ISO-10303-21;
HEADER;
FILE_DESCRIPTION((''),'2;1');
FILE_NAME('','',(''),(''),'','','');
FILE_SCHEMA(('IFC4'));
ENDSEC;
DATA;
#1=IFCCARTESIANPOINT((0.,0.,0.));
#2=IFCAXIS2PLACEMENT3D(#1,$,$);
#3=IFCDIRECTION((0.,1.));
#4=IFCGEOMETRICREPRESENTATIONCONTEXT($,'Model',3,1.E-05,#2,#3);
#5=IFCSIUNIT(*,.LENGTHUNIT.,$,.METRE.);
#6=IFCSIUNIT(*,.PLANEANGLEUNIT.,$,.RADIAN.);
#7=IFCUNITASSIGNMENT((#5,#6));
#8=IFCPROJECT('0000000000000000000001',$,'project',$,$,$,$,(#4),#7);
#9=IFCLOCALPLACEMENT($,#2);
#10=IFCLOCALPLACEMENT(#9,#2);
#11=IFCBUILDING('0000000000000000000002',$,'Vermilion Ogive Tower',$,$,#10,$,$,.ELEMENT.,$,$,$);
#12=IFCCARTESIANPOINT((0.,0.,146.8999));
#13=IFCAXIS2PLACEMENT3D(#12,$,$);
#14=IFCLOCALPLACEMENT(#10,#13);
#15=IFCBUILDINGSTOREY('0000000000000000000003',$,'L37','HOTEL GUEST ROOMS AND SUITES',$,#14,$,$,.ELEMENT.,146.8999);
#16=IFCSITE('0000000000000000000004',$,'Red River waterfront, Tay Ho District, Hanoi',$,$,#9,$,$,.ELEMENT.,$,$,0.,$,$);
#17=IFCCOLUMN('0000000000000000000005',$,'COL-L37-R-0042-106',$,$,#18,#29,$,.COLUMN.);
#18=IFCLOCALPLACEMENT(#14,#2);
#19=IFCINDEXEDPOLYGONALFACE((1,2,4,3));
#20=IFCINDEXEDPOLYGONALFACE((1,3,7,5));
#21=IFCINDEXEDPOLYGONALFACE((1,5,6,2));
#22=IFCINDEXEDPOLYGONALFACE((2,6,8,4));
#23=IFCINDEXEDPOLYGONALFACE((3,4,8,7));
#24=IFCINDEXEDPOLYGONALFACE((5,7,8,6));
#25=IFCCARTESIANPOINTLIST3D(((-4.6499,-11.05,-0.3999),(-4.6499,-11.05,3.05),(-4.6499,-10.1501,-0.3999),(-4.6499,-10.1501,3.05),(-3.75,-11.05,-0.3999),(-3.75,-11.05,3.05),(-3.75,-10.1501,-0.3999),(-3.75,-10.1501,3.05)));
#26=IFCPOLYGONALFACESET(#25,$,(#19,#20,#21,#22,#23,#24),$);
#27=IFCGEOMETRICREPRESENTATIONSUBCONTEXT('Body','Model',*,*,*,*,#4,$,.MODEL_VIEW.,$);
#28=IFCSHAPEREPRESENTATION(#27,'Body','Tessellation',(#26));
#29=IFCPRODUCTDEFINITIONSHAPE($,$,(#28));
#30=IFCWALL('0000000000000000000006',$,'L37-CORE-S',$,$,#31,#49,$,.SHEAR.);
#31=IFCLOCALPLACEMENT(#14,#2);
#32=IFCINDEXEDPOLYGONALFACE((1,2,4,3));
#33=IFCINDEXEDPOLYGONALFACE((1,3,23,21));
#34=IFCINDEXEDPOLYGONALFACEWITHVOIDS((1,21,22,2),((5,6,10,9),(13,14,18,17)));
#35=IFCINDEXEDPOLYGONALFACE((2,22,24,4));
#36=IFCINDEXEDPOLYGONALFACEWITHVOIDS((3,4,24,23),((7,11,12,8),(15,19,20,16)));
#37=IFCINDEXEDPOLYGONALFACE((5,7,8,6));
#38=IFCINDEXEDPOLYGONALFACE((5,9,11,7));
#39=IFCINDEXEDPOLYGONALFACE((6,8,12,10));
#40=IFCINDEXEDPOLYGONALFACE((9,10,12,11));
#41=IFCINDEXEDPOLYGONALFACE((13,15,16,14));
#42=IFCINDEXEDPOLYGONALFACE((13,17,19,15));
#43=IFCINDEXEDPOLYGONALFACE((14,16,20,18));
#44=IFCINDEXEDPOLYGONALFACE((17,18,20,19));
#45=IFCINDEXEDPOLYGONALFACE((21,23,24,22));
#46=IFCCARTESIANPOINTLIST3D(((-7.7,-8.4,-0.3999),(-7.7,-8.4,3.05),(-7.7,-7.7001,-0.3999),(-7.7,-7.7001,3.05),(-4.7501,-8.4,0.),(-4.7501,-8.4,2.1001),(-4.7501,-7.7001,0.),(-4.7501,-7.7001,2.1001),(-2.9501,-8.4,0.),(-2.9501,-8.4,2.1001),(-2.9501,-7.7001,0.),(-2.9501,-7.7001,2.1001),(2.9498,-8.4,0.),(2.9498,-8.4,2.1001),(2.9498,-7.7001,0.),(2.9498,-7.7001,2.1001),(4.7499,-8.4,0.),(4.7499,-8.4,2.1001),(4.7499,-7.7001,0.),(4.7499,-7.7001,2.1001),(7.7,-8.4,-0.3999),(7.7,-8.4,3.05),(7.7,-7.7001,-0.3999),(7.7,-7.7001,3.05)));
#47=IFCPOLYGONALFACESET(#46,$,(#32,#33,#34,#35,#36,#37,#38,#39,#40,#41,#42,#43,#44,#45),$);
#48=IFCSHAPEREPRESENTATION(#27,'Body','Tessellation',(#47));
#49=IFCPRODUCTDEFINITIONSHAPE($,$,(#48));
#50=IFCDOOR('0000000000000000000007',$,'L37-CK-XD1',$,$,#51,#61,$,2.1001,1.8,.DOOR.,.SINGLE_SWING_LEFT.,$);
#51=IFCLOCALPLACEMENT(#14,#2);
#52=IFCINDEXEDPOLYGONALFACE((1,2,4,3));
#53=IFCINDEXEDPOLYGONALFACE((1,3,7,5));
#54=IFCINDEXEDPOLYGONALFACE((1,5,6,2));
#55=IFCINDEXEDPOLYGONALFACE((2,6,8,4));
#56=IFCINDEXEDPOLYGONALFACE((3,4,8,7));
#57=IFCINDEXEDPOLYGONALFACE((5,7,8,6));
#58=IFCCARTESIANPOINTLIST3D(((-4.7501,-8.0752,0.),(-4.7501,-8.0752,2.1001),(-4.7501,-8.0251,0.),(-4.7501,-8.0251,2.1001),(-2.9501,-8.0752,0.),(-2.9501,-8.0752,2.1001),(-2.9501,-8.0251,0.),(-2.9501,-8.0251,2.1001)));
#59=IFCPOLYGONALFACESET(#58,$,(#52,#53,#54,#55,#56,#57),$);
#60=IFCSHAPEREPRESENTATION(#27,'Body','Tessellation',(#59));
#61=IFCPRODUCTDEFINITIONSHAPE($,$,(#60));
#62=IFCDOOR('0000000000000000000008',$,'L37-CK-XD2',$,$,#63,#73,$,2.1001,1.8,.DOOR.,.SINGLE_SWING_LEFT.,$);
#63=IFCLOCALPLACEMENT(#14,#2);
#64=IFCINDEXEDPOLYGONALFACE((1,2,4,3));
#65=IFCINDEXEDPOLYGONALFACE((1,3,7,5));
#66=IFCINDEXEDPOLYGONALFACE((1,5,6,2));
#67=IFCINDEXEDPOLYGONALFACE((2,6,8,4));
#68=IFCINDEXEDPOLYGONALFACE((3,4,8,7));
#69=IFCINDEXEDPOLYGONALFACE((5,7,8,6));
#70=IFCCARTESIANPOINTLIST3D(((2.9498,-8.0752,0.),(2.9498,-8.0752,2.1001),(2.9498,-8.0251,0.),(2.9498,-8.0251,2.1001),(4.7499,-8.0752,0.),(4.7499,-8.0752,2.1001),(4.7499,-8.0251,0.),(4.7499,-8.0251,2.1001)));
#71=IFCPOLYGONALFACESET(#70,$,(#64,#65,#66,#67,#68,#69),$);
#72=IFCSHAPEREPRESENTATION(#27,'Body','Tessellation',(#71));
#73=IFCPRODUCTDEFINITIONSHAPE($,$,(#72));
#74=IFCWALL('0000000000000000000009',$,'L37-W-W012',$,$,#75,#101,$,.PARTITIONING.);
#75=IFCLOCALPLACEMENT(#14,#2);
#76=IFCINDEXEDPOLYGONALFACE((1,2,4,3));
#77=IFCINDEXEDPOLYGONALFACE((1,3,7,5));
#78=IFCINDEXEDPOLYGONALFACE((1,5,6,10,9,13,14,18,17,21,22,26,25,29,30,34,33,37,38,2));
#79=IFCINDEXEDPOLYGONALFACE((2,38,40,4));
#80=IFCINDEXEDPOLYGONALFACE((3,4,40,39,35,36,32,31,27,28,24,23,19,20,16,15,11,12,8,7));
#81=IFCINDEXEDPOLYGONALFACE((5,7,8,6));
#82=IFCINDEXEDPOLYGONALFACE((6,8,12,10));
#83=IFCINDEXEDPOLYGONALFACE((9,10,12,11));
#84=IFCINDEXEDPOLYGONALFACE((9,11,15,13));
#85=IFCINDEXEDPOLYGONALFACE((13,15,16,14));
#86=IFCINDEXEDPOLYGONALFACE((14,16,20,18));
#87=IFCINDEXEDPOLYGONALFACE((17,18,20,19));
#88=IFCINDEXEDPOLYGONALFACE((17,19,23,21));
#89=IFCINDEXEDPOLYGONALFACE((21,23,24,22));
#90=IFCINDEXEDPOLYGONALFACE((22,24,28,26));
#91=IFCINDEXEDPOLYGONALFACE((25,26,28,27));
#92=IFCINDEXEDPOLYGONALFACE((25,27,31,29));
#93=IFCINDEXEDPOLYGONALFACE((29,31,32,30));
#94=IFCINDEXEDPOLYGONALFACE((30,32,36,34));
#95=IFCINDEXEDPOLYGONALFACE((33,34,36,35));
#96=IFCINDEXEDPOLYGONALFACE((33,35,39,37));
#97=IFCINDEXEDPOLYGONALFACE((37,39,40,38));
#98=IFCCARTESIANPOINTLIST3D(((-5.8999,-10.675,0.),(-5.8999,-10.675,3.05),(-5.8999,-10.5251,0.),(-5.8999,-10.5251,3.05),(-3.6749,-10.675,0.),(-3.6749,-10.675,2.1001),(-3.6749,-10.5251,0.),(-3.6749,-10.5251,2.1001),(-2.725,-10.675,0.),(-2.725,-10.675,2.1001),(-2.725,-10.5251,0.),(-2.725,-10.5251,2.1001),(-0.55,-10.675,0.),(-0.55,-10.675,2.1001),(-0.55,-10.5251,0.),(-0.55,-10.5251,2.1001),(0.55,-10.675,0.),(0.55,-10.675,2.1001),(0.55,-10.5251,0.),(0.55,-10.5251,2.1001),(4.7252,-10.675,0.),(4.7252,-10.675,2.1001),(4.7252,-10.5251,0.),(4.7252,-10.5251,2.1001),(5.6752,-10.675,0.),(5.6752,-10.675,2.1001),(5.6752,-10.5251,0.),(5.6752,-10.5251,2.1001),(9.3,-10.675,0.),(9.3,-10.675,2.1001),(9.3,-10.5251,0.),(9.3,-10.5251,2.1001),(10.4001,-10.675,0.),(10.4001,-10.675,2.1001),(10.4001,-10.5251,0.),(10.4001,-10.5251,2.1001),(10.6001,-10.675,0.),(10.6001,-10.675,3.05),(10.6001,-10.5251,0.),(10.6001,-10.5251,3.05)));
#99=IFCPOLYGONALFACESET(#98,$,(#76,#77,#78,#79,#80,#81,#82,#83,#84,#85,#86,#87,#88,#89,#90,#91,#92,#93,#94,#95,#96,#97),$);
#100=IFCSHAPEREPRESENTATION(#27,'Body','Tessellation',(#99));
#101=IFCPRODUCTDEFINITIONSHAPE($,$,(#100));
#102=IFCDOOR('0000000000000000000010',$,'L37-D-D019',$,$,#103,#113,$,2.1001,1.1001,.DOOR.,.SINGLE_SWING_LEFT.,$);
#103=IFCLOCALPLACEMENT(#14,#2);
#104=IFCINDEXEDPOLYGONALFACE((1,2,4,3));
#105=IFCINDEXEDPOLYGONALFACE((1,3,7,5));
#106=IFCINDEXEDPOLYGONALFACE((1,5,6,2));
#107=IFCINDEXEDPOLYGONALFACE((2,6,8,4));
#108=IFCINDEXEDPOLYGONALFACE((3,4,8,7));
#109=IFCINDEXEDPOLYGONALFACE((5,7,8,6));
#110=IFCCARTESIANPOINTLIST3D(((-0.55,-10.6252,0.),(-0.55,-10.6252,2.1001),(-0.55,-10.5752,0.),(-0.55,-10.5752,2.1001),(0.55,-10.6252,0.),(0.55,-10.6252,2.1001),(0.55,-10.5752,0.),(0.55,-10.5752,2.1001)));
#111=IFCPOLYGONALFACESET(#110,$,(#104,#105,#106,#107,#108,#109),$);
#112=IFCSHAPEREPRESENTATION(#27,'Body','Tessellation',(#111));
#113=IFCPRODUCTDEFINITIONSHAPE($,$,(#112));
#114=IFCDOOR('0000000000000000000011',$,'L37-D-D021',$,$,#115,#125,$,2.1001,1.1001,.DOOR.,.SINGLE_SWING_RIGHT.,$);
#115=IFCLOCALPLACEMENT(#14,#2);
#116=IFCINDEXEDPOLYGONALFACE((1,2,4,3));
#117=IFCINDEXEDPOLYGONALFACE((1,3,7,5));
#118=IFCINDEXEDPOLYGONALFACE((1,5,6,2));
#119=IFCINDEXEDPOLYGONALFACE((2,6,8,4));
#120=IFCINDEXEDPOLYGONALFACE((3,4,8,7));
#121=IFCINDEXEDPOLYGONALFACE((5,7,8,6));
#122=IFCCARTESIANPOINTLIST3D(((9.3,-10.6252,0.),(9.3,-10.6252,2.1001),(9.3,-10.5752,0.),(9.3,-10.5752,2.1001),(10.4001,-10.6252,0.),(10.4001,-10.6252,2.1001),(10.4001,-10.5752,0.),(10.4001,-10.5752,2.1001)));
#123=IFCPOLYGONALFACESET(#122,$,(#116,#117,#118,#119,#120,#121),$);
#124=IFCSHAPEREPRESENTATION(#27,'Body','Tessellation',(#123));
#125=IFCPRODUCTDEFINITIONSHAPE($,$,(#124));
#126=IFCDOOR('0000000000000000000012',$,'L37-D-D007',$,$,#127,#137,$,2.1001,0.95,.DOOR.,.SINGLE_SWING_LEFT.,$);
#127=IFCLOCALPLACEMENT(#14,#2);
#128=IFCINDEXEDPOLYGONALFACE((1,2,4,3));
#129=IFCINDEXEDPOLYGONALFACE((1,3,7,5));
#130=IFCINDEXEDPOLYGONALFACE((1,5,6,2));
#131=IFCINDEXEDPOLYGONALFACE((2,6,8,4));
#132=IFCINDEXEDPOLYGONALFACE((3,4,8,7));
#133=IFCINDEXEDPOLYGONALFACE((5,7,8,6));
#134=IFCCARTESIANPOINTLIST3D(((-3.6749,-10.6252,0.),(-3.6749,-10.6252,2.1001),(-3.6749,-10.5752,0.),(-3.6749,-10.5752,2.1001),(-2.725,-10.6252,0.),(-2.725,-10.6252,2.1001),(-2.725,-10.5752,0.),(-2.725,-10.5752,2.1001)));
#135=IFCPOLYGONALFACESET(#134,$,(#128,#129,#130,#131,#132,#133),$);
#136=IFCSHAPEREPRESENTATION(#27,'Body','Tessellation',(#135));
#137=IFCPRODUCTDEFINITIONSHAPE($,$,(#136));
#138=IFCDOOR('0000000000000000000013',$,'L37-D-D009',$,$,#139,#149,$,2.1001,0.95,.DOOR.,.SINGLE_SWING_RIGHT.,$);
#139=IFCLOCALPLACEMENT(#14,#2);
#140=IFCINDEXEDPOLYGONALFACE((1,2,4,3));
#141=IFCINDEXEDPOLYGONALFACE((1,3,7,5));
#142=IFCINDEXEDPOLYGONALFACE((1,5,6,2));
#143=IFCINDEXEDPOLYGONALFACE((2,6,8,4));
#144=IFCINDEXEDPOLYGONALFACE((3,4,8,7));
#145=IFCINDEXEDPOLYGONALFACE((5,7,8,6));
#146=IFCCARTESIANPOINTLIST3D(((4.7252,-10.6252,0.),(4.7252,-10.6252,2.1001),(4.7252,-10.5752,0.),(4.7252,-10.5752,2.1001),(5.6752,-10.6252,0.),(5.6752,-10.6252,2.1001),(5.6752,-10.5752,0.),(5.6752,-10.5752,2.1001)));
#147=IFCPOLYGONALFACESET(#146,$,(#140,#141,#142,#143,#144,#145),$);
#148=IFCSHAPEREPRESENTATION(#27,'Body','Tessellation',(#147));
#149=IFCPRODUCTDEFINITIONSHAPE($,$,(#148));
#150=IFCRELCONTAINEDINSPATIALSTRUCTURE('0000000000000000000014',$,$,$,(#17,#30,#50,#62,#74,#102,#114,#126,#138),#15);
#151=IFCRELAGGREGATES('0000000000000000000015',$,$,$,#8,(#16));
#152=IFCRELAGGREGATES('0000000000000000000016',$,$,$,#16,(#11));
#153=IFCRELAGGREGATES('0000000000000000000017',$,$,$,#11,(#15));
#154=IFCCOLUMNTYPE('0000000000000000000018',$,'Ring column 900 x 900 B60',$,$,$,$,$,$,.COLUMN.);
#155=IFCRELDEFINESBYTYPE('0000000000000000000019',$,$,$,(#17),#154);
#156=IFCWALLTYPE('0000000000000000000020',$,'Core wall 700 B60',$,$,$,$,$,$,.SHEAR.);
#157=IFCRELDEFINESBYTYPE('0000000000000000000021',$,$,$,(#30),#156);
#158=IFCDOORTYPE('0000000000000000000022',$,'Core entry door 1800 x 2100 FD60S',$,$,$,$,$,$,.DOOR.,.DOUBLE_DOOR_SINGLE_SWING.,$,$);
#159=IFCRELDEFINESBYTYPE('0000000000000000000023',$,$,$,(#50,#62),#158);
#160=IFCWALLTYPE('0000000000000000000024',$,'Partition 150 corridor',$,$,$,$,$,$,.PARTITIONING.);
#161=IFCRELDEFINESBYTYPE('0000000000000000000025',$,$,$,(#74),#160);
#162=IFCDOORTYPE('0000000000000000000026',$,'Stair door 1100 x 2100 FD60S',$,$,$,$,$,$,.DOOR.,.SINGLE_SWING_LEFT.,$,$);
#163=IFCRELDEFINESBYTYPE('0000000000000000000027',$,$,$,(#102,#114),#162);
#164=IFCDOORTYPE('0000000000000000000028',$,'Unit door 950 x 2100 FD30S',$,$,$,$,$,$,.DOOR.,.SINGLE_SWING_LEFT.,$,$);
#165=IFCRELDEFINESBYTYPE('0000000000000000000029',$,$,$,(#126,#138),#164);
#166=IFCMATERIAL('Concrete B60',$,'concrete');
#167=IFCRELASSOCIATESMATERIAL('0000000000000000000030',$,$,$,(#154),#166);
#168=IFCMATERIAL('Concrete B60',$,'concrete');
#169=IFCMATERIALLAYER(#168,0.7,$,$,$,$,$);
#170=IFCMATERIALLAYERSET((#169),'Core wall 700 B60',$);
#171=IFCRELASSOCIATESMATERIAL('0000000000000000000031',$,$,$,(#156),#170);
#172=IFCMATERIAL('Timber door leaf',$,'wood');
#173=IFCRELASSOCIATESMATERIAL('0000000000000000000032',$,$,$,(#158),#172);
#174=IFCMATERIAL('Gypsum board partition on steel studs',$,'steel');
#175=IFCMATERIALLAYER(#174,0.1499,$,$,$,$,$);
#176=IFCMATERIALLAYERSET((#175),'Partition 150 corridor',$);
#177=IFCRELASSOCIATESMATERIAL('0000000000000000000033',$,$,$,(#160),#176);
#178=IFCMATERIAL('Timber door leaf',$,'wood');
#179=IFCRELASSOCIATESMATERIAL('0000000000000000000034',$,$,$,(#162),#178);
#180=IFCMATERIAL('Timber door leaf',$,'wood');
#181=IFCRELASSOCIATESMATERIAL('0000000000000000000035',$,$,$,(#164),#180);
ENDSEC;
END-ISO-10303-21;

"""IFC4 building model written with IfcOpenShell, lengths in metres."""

from ifc_helpers import new_model, si_unit, direction, frame, frame_2d, origin, origin_2d, place, context, subcontext, project, spatial, rectangle, extrude, material, layer, layer_set, material_profile, profile_set, type_object, element, fill, save


model = new_model("IFC4")

# Units and contexts
model_context = context("Model", 3, precision=1e-05, world=origin(), true_north=direction((0.0, 1.0)))
body_context = subcontext(model_context, "Body", "Model", "MODEL_VIEW")
ifc_project = project(units=[si_unit("LENGTHUNIT", "METRE"), si_unit("PLANEANGLEUNIT", "RADIAN")], contexts=[model_context])

# Site, building, storey
site_placement = place(None, origin())
site = spatial("IfcSite", under=ifc_project, at=site_placement, Name="Red River waterfront, Tay Ho District, Hanoi", CompositionType="ELEMENT", RefElevation=0.0)
building_placement = place(site_placement, origin())
building = spatial("IfcBuilding", under=site, at=building_placement, Name="Vermilion Ogive Tower", CompositionType="ELEMENT")
storey_placement = place(building_placement, frame((0.0, 0.0, 146.8999)))
storey = spatial("IfcBuildingStorey", under=building, at=storey_placement, Name="L37", Description="HOTEL GUEST ROOMS AND SUITES", CompositionType="ELEMENT", Elevation=146.8999)

# Column
ifc_material_1 = material(Name="Concrete B60", Category="concrete")
ifc_material_profile = material_profile(ifc_material_1, rectangle(XDim=0.8999, YDim=0.8999, at=origin_2d()), Name="900 x 900")
ifc_profile_set = profile_set([ifc_material_profile], Name="Concrete B60")
column_type = type_object("IfcColumnType", Name="Ring column 900 x 900 B60", PredefinedType="COLUMN", material=ifc_profile_set)
column_placement = place(storey_placement, frame((-4.2, -10.6001, -0.3999), z_axis=(0.0, 0.0, 1.0), x_axis=(1.0, 0.0, 0.0)))
element("IfcColumn", 1, at=column_placement, inside=storey, type_object=column_type, Name="COL-L37-R-0042-106", PredefinedType="COLUMN", context=body_context, shape_type="SweptSolid", body=[
    extrude(rectangle(XDim=0.8999, YDim=0.8999, at=origin_2d()), origin(), (0.0, 0.0, 1.0), 3.45),
])

# Walls, openings, doors
ifc_material_2 = material(Name="Concrete B60", Category="concrete")
ifc_layer_1 = layer(ifc_material_2, 0.7)
ifc_layer_set_1 = layer_set([ifc_layer_1], Name="Core wall 700 B60")
wall_type_1 = type_object("IfcWallType", Name="Core wall 700 B60", PredefinedType="SHEAR", material=ifc_layer_set_1)
wall_1_placement = place(storey_placement, frame((-7.7, -8.05, -0.3999), z_axis=(0.0, 0.0, 1.0), x_axis=(1.0, 0.0, 0.0)))
wall_1 = element("IfcWall", 2, at=wall_1_placement, inside=storey, type_object=wall_type_1, Name="L37-CORE-S", PredefinedType="SHEAR", context=body_context, shape_type="SweptSolid", body=[
    extrude(rectangle(XDim=15.3999, YDim=0.7, at=frame_2d((7.7, 0.0))), origin(), (0.0, 0.0, 1.0), 3.45),
])
opening_1_placement = place(wall_1_placement, frame((2.95, 0.0, 0.3999)))
opening_1 = element("IfcOpeningElement", 3, at=opening_1_placement, cuts=wall_1, PredefinedType="OPENING", context=body_context, shape_type="SweptSolid", body=[
    extrude(rectangle(XDim=1.8, YDim=2.1001, at=frame_2d((0.8999, 1.05))), frame((0.0, 0.3599, 0.0), z_axis=(0.0, -1.0, 0.0), x_axis=(1.0, 0.0, 0.0)), (0.0, 0.0, 1.0), 0.72),
])
opening_2_placement = place(wall_1_placement, frame((10.6499, 0.0, 0.3999)))
opening_2 = element("IfcOpeningElement", 4, at=opening_2_placement, cuts=wall_1, PredefinedType="OPENING", context=body_context, shape_type="SweptSolid", body=[
    extrude(rectangle(XDim=1.8, YDim=2.1001, at=frame_2d((0.8999, 1.05))), frame((0.0, 0.3599, 0.0), z_axis=(0.0, -1.0, 0.0), x_axis=(1.0, 0.0, 0.0)), (0.0, 0.0, 1.0), 0.72),
])
ifc_material_3 = material(Name="Timber door leaf", Category="wood")
door_type_1 = type_object("IfcDoorType", Name="Core entry door 1800 x 2100 FD60S", OperationType="DOUBLE_DOOR_SINGLE_SWING", PredefinedType="DOOR", material=ifc_material_3)
door_1_placement = place(opening_1_placement, origin())
door_1 = element("IfcDoor", 5, at=door_1_placement, inside=storey, type_object=door_type_1, Name="L37-CK-XD1", OperationType="SINGLE_SWING_LEFT", OverallHeight=2.1001, OverallWidth=1.8, PredefinedType="DOOR", context=body_context, shape_type="SweptSolid", body=[
    extrude(rectangle(XDim=1.8, YDim=2.1001, at=frame_2d((0.8999, 1.05))), frame((0.0, 0.0249, 0.0), z_axis=(0.0, -1.0, 0.0), x_axis=(1.0, 0.0, 0.0)), (0.0, 0.0, 1.0), 0.05),
])
fill(opening_1, door_1)
door_2_placement = place(opening_2_placement, origin())
door_2 = element("IfcDoor", 6, at=door_2_placement, inside=storey, type_object=door_type_1, Name="L37-CK-XD2", OperationType="SINGLE_SWING_LEFT", OverallHeight=2.1001, OverallWidth=1.8, PredefinedType="DOOR", context=body_context, shape_type="SweptSolid", body=[
    extrude(rectangle(XDim=1.8, YDim=2.1001, at=frame_2d((0.8999, 1.05))), frame((0.0, 0.0249, 0.0), z_axis=(0.0, -1.0, 0.0), x_axis=(1.0, 0.0, 0.0)), (0.0, 0.0, 1.0), 0.05),
])
fill(opening_2, door_2)
ifc_material_4 = material(Name="Gypsum board partition on steel studs", Category="steel")
ifc_layer_2 = layer(ifc_material_4, 0.1499)
ifc_layer_set_2 = layer_set([ifc_layer_2], Name="Partition 150 corridor")
wall_type_2 = type_object("IfcWallType", Name="Partition 150 corridor", PredefinedType="PARTITIONING", material=ifc_layer_set_2)
wall_2_placement = place(storey_placement, frame((-5.8999, -10.6001, 0.0), z_axis=(0.0, 0.0, 1.0), x_axis=(1.0, 0.0, 0.0)))
wall_2 = element("IfcWall", 7, at=wall_2_placement, inside=storey, type_object=wall_type_2, Name="L37-W-W012", PredefinedType="PARTITIONING", context=body_context, shape_type="SweptSolid", body=[
    extrude(rectangle(XDim=16.5, YDim=0.1499, at=frame_2d((8.25, 0.0))), origin(), (0.0, 0.0, 1.0), 3.05),
])
opening_3_placement = place(wall_2_placement, frame((2.2249, 0.0, 0.0)))
opening_3 = element("IfcOpeningElement", 8, at=opening_3_placement, cuts=wall_2, PredefinedType="OPENING", context=body_context, shape_type="SweptSolid", body=[
    extrude(rectangle(XDim=0.95, YDim=2.1001, at=frame_2d((0.4751, 1.05))), frame((0.0, 0.085, 0.0), z_axis=(0.0, -1.0, 0.0), x_axis=(1.0, 0.0, 0.0)), (0.0, 0.0, 1.0), 0.1699),
])
opening_4_placement = place(wall_2_placement, frame((10.625, 0.0, 0.0)))
opening_4 = element("IfcOpeningElement", 9, at=opening_4_placement, cuts=wall_2, PredefinedType="OPENING", context=body_context, shape_type="SweptSolid", body=[
    extrude(rectangle(XDim=0.95, YDim=2.1001, at=frame_2d((0.4751, 1.05))), frame((0.0, 0.085, 0.0), z_axis=(0.0, -1.0, 0.0), x_axis=(1.0, 0.0, 0.0)), (0.0, 0.0, 1.0), 0.1699),
])
opening_5_placement = place(wall_2_placement, frame((5.3499, 0.0, 0.0)))
opening_5 = element("IfcOpeningElement", 10, at=opening_5_placement, cuts=wall_2, PredefinedType="OPENING", context=body_context, shape_type="SweptSolid", body=[
    extrude(rectangle(XDim=1.1001, YDim=2.1001, at=frame_2d((0.55, 1.05))), frame((0.0, 0.085, 0.0), z_axis=(0.0, -1.0, 0.0), x_axis=(1.0, 0.0, 0.0)), (0.0, 0.0, 1.0), 0.1699),
])
opening_6_placement = place(wall_2_placement, frame((15.2, 0.0, 0.0)))
opening_6 = element("IfcOpeningElement", 11, at=opening_6_placement, cuts=wall_2, PredefinedType="OPENING", context=body_context, shape_type="SweptSolid", body=[
    extrude(rectangle(XDim=1.1001, YDim=2.1001, at=frame_2d((0.55, 1.05))), frame((0.0, 0.085, 0.0), z_axis=(0.0, -1.0, 0.0), x_axis=(1.0, 0.0, 0.0)), (0.0, 0.0, 1.0), 0.1699),
])
ifc_material_5 = material(Name="Timber door leaf", Category="wood")
door_type_2 = type_object("IfcDoorType", Name="Stair door 1100 x 2100 FD60S", OperationType="SINGLE_SWING_LEFT", PredefinedType="DOOR", material=ifc_material_5)
door_3_placement = place(opening_5_placement, origin())
door_3 = element("IfcDoor", 12, at=door_3_placement, inside=storey, type_object=door_type_2, Name="L37-D-D019", OperationType="SINGLE_SWING_LEFT", OverallHeight=2.1001, OverallWidth=1.1001, PredefinedType="DOOR", context=body_context, shape_type="SweptSolid", body=[
    extrude(rectangle(XDim=1.1001, YDim=2.1001, at=frame_2d((0.55, 1.05))), frame((0.0, 0.0249, 0.0), z_axis=(0.0, -1.0, 0.0), x_axis=(1.0, 0.0, 0.0)), (0.0, 0.0, 1.0), 0.05),
])
fill(opening_5, door_3)
door_4_placement = place(opening_6_placement, origin())
door_4 = element("IfcDoor", 13, at=door_4_placement, inside=storey, type_object=door_type_2, Name="L37-D-D021", OperationType="SINGLE_SWING_RIGHT", OverallHeight=2.1001, OverallWidth=1.1001, PredefinedType="DOOR", context=body_context, shape_type="SweptSolid", body=[
    extrude(rectangle(XDim=1.1001, YDim=2.1001, at=frame_2d((0.55, 1.05))), frame((0.0, 0.0249, 0.0), z_axis=(0.0, -1.0, 0.0), x_axis=(1.0, 0.0, 0.0)), (0.0, 0.0, 1.0), 0.05),
])
fill(opening_6, door_4)
ifc_material_6 = material(Name="Timber door leaf", Category="wood")
door_type_3 = type_object("IfcDoorType", Name="Unit door 950 x 2100 FD30S", OperationType="SINGLE_SWING_LEFT", PredefinedType="DOOR", material=ifc_material_6)
door_5_placement = place(opening_3_placement, origin())
door_5 = element("IfcDoor", 14, at=door_5_placement, inside=storey, type_object=door_type_3, Name="L37-D-D007", OperationType="SINGLE_SWING_LEFT", OverallHeight=2.1001, OverallWidth=0.95, PredefinedType="DOOR", context=body_context, shape_type="SweptSolid", body=[
    extrude(rectangle(XDim=0.95, YDim=2.1001, at=frame_2d((0.4751, 1.05))), frame((0.0, 0.0249, 0.0), z_axis=(0.0, -1.0, 0.0), x_axis=(1.0, 0.0, 0.0)), (0.0, 0.0, 1.0), 0.05),
])
fill(opening_3, door_5)
door_6_placement = place(opening_4_placement, origin())
door_6 = element("IfcDoor", 15, at=door_6_placement, inside=storey, type_object=door_type_3, Name="L37-D-D009", OperationType="SINGLE_SWING_RIGHT", OverallHeight=2.1001, OverallWidth=0.95, PredefinedType="DOOR", context=body_context, shape_type="SweptSolid", body=[
    extrude(rectangle(XDim=0.95, YDim=2.1001, at=frame_2d((0.4751, 1.05))), frame((0.0, 0.0249, 0.0), z_axis=(0.0, -1.0, 0.0), x_axis=(1.0, 0.0, 0.0)), (0.0, 0.0, 1.0), 0.05),
])
fill(opening_4, door_6)

save(model, "model.ifc")
